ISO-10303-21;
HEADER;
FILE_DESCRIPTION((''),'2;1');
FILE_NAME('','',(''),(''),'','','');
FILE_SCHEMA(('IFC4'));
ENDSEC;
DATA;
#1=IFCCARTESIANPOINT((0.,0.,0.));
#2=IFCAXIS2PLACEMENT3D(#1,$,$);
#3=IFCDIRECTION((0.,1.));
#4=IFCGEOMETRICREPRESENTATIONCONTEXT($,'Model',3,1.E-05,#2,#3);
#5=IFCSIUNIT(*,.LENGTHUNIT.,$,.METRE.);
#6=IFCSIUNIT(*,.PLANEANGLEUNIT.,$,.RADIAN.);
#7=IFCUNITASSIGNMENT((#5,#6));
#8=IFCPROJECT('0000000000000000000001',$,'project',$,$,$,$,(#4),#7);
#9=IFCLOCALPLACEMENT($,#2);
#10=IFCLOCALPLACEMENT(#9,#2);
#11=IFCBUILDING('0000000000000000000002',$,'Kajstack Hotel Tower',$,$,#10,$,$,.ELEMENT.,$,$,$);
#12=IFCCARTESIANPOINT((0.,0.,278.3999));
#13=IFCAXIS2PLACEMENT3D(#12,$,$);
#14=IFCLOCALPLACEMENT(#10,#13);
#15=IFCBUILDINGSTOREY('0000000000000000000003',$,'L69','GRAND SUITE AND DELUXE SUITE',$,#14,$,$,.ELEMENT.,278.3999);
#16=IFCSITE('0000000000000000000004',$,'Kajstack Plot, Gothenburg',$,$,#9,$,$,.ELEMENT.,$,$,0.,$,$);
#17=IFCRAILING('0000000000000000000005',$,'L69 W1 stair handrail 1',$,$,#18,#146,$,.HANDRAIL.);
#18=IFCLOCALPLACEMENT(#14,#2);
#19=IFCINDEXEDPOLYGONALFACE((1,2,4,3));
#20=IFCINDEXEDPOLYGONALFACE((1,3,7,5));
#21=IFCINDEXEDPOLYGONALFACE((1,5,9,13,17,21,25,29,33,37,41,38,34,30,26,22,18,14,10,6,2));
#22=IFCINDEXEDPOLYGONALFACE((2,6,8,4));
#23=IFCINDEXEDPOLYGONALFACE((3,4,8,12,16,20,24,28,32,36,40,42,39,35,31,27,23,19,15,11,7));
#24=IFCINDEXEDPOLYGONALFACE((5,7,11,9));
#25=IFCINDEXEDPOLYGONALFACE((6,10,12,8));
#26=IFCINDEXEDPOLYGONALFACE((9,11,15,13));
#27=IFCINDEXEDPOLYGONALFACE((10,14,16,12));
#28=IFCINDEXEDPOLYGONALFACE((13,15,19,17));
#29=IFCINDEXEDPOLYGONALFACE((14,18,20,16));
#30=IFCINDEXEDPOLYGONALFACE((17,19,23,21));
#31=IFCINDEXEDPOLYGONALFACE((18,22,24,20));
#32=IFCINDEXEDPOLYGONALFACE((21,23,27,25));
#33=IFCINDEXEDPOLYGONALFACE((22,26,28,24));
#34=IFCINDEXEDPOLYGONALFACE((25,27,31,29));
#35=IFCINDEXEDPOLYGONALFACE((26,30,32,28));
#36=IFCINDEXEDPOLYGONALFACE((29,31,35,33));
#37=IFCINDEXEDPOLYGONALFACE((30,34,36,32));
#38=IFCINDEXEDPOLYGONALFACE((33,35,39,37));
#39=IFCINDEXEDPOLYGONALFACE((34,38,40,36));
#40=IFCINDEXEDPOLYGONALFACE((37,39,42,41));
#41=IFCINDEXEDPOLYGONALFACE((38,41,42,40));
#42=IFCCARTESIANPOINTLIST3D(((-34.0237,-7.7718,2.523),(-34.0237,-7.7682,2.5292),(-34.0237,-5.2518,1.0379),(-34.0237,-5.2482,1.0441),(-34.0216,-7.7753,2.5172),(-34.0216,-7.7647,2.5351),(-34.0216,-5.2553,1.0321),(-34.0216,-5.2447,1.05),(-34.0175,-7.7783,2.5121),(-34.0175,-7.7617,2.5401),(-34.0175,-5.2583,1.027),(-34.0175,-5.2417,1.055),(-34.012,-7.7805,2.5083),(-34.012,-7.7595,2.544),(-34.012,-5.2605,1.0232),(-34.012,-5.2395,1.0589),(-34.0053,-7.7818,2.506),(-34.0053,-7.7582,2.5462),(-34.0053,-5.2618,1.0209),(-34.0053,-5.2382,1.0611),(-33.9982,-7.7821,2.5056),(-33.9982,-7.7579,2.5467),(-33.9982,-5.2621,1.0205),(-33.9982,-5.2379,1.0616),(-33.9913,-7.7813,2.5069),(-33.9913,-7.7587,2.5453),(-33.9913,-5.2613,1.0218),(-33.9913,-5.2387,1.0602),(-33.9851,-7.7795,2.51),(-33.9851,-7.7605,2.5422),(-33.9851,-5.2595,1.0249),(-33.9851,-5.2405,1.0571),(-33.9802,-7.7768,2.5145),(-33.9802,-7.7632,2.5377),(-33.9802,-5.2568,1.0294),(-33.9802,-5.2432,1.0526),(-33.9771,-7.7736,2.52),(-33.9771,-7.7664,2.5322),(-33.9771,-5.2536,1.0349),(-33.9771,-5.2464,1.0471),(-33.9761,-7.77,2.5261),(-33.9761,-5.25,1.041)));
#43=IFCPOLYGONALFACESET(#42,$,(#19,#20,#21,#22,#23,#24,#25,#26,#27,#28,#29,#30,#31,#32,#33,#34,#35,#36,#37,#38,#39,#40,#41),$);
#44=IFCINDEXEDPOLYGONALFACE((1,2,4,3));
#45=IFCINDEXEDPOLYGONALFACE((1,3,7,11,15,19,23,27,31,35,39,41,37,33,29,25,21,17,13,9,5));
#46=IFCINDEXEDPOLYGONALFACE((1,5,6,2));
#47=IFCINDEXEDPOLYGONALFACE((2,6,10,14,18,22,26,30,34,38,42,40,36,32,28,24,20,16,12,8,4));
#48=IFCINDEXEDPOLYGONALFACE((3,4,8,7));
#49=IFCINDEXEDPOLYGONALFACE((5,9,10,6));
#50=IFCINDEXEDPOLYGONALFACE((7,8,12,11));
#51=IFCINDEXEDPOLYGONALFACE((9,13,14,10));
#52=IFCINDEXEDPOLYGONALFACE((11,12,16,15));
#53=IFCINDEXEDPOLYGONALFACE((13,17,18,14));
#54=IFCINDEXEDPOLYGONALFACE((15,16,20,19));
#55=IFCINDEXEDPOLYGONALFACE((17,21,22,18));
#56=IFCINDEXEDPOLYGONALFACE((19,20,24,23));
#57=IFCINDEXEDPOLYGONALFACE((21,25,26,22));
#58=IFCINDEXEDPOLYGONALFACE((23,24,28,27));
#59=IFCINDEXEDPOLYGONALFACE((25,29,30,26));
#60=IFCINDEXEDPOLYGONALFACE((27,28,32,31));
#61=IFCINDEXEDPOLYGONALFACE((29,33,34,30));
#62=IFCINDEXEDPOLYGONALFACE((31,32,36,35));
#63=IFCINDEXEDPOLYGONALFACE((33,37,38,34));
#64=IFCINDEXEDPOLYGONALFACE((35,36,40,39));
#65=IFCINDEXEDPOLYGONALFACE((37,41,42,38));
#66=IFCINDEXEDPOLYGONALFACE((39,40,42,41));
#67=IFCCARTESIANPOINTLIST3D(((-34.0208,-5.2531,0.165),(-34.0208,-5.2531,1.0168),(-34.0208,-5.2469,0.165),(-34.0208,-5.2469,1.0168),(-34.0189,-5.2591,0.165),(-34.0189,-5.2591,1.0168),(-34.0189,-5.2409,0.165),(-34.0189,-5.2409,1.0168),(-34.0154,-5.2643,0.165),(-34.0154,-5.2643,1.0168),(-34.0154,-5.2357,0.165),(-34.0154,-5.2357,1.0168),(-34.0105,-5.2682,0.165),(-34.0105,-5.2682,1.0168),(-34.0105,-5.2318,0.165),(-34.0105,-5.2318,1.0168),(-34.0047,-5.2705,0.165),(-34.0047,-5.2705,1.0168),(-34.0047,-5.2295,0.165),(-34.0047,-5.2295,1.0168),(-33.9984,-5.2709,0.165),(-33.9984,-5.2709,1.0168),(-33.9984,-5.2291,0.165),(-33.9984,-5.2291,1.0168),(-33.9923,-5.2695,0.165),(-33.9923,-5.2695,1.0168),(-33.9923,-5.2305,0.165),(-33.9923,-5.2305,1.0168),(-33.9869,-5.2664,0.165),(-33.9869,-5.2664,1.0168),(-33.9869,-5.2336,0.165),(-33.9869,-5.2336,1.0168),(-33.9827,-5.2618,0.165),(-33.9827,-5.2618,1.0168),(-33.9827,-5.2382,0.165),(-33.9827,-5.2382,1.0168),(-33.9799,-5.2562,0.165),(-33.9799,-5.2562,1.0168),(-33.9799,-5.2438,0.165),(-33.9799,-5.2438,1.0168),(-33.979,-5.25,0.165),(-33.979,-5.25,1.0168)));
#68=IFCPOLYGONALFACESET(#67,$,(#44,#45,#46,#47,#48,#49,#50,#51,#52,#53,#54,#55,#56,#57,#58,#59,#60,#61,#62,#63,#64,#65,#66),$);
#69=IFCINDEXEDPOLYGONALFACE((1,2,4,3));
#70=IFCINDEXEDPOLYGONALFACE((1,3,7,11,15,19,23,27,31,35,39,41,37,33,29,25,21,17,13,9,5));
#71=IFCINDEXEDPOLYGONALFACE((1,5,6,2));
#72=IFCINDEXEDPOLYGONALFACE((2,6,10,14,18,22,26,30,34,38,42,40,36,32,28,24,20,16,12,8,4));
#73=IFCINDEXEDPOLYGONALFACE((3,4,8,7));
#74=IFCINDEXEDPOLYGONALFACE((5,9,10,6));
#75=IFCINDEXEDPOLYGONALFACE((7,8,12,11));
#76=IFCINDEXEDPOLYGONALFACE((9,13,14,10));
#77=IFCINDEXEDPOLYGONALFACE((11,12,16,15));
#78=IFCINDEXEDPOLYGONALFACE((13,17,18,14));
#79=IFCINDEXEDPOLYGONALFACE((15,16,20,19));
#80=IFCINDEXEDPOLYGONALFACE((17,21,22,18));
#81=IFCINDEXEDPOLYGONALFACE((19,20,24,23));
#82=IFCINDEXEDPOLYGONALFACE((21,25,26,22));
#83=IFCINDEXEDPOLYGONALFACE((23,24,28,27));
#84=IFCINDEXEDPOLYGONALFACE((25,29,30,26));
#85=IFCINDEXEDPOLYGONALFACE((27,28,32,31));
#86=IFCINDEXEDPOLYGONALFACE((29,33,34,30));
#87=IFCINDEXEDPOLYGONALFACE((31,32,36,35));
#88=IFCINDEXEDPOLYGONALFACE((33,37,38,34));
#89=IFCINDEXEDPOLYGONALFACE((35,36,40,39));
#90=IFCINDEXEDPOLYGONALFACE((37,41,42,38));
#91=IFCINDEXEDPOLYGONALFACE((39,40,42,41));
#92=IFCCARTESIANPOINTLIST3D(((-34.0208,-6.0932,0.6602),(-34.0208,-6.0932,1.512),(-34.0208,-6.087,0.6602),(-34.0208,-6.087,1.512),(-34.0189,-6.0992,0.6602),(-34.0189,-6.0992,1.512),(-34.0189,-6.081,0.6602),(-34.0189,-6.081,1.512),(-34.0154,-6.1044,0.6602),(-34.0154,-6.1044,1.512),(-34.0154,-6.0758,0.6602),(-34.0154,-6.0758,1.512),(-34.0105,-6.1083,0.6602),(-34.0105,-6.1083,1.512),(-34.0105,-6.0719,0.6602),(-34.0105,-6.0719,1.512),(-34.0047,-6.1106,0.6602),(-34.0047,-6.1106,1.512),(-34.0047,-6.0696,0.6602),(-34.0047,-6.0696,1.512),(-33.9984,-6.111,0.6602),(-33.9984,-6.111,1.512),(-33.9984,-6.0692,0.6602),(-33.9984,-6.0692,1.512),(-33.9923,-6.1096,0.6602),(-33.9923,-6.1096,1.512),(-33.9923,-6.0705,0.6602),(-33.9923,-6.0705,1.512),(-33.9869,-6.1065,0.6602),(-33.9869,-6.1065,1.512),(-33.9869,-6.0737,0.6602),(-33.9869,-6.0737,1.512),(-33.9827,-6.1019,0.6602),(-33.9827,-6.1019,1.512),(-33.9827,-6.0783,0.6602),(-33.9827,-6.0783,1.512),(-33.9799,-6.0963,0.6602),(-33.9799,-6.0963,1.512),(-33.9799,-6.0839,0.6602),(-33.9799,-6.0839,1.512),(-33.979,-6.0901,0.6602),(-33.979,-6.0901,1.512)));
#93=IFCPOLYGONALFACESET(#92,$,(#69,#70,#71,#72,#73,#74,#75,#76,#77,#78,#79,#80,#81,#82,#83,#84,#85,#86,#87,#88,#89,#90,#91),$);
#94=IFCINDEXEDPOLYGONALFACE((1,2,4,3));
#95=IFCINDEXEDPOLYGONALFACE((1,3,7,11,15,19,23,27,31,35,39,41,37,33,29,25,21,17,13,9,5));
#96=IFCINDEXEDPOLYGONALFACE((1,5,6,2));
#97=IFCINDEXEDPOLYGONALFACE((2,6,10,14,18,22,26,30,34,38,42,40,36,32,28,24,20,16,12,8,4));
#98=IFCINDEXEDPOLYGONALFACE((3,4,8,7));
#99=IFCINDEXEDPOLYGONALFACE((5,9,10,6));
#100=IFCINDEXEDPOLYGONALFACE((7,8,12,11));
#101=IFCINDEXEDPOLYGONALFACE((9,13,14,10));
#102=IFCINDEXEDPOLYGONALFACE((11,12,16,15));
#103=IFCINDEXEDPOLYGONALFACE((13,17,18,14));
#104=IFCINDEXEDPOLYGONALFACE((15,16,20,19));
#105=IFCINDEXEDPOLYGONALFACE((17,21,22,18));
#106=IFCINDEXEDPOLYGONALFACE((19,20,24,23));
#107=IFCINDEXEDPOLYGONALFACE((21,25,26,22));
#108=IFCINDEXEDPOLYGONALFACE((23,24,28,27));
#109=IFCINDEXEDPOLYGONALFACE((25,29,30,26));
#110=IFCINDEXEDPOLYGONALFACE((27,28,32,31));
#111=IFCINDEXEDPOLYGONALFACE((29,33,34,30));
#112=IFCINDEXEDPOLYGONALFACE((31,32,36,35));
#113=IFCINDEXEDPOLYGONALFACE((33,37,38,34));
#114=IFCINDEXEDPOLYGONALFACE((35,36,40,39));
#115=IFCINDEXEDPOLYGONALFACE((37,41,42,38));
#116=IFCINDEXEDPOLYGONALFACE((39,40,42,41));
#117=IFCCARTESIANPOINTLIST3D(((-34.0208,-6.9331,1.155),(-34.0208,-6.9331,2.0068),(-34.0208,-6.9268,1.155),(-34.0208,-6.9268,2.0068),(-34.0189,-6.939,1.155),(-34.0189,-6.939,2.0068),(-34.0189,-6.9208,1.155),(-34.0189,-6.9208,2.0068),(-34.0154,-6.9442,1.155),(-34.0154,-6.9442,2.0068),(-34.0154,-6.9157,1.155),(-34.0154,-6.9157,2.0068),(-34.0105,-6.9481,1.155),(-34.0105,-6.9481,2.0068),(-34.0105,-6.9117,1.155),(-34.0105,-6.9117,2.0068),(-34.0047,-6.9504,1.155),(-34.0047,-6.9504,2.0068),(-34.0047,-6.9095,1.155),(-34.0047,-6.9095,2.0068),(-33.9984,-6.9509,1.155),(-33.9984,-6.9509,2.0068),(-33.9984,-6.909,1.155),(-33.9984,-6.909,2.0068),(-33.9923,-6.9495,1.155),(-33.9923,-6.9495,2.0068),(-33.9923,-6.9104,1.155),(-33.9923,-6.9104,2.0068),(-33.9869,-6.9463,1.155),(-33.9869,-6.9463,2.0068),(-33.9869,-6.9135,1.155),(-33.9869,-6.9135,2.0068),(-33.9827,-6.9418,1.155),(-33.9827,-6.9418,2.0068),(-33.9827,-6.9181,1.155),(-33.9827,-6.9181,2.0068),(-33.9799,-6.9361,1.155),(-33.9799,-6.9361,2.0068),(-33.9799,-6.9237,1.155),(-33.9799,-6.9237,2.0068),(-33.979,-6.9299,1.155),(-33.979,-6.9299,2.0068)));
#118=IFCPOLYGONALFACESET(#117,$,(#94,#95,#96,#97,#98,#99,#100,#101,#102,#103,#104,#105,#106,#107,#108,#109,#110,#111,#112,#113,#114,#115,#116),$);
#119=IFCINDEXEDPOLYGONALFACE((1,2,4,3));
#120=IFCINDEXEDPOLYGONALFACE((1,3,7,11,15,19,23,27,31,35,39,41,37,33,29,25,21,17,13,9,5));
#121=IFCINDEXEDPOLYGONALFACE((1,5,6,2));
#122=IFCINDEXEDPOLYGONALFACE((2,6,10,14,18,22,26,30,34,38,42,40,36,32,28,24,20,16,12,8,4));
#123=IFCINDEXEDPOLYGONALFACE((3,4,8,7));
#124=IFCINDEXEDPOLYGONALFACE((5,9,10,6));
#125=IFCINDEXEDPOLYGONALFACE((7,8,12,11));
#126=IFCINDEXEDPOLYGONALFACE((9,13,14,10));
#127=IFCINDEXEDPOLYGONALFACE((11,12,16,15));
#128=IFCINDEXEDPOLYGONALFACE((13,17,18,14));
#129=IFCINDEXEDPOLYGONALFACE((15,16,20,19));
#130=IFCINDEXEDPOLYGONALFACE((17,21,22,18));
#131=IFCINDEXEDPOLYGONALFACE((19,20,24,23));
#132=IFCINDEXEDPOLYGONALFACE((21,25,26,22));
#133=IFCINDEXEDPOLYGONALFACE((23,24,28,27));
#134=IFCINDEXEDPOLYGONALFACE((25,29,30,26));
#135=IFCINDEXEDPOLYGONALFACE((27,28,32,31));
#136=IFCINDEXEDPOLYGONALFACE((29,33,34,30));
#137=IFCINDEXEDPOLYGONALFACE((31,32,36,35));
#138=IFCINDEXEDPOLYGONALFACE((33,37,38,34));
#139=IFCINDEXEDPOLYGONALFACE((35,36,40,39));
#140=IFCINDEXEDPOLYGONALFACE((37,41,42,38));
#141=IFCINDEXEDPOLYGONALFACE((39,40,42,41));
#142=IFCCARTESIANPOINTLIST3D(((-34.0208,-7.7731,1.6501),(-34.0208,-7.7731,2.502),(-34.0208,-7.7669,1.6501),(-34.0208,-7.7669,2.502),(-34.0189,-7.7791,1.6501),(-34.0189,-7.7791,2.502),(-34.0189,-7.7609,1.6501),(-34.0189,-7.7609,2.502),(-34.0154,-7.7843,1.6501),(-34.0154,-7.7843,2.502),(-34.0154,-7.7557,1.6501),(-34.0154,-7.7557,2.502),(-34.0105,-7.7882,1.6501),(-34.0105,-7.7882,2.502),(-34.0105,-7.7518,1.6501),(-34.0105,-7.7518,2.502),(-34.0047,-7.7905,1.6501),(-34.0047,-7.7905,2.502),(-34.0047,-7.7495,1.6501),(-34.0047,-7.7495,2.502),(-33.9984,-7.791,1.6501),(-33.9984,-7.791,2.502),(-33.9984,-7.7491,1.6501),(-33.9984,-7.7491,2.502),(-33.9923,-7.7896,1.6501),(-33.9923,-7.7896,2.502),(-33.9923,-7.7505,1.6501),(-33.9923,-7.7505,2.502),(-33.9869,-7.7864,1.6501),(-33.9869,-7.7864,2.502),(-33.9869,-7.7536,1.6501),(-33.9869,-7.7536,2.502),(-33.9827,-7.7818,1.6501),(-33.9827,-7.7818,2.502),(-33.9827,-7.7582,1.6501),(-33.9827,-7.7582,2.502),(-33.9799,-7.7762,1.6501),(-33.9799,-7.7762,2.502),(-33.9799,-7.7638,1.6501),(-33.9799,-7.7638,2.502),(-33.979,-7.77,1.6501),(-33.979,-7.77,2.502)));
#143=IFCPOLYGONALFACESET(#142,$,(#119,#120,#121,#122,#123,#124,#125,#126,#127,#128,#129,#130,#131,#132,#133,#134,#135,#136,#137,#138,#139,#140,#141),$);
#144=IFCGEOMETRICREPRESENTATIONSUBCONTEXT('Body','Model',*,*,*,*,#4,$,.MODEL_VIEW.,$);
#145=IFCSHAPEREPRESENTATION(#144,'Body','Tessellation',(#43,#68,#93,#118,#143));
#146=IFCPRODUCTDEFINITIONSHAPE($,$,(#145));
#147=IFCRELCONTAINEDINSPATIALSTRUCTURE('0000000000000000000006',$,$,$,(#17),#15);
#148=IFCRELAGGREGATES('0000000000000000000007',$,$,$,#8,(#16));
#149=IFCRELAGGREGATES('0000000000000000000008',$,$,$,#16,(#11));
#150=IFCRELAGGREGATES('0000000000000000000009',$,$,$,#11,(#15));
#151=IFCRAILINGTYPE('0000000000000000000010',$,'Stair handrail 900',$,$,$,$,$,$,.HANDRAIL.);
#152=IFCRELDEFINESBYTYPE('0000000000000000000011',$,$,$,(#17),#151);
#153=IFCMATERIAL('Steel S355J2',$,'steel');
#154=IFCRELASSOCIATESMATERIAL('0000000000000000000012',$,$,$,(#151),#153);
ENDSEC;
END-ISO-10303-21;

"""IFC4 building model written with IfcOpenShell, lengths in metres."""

from ifc_helpers import new_model, si_unit, direction, frame, origin, origin_2d, place, context, subcontext, project, spatial, circle, extrude, material, type_object, element, save


model = new_model("IFC4")

# Units and contexts
model_context = context("Model", 3, precision=1e-05, world=origin(), true_north=direction((0.0, 1.0)))
body_context = subcontext(model_context, "Body", "Model", "MODEL_VIEW")
ifc_project = project(units=[si_unit("LENGTHUNIT", "METRE"), si_unit("PLANEANGLEUNIT", "RADIAN")], contexts=[model_context])

# Site, building, storey
site_placement = place(None, origin())
site = spatial("IfcSite", under=ifc_project, at=site_placement, Name="Kajstack Plot, Gothenburg", CompositionType="ELEMENT", RefElevation=0.0)
building_placement = place(site_placement, origin())
building = spatial("IfcBuilding", under=site, at=building_placement, Name="Kajstack Hotel Tower", CompositionType="ELEMENT")
storey_placement = place(building_placement, frame((0.0, 0.0, 278.3999)))
storey = spatial("IfcBuildingStorey", under=building, at=storey_placement, Name="L69", Description="GRAND SUITE AND DELUXE SUITE", CompositionType="ELEMENT", Elevation=278.3999)

# Railing
ifc_material_1 = material(Name="Steel S355J2", Category="steel")
railing_type_1 = type_object("IfcRailingType", Name="Stair handrail 900", PredefinedType="HANDRAIL", material=ifc_material_1)
railing_1_placement = place(storey_placement, frame((-34.0, -5.25, 0.165)))
element("IfcRailing", 1, at=railing_1_placement, inside=storey, type_object=railing_type_1, Name="L69 W1 stair handrail 1", PredefinedType="HANDRAIL", context=body_context, shape_type="SweptSolid", body=[
    extrude(circle(Radius=0.0239, at=origin_2d()), frame((0.0, 0.0, 0.876), z_axis=(0.0, -0.861524, 0.507717), x_axis=(1.0, 0.0, 0.0)), (0.0, 0.0, 1.0), 2.925),
    extrude(circle(Radius=0.021, at=origin_2d()), origin(), (0.0, 0.0, 1.0), 0.8518),
    extrude(circle(Radius=0.021, at=origin_2d()), frame((0.0, -0.8401, 0.4951)), (0.0, 0.0, 1.0), 0.8518),
    extrude(circle(Radius=0.021, at=origin_2d()), frame((0.0, -1.6799, 0.99)), (0.0, 0.0, 1.0), 0.8518),
    extrude(circle(Radius=0.021, at=origin_2d()), frame((0.0, -2.52, 1.4851)), (0.0, 0.0, 1.0), 0.8518),
])

save(model, "model.ifc")
